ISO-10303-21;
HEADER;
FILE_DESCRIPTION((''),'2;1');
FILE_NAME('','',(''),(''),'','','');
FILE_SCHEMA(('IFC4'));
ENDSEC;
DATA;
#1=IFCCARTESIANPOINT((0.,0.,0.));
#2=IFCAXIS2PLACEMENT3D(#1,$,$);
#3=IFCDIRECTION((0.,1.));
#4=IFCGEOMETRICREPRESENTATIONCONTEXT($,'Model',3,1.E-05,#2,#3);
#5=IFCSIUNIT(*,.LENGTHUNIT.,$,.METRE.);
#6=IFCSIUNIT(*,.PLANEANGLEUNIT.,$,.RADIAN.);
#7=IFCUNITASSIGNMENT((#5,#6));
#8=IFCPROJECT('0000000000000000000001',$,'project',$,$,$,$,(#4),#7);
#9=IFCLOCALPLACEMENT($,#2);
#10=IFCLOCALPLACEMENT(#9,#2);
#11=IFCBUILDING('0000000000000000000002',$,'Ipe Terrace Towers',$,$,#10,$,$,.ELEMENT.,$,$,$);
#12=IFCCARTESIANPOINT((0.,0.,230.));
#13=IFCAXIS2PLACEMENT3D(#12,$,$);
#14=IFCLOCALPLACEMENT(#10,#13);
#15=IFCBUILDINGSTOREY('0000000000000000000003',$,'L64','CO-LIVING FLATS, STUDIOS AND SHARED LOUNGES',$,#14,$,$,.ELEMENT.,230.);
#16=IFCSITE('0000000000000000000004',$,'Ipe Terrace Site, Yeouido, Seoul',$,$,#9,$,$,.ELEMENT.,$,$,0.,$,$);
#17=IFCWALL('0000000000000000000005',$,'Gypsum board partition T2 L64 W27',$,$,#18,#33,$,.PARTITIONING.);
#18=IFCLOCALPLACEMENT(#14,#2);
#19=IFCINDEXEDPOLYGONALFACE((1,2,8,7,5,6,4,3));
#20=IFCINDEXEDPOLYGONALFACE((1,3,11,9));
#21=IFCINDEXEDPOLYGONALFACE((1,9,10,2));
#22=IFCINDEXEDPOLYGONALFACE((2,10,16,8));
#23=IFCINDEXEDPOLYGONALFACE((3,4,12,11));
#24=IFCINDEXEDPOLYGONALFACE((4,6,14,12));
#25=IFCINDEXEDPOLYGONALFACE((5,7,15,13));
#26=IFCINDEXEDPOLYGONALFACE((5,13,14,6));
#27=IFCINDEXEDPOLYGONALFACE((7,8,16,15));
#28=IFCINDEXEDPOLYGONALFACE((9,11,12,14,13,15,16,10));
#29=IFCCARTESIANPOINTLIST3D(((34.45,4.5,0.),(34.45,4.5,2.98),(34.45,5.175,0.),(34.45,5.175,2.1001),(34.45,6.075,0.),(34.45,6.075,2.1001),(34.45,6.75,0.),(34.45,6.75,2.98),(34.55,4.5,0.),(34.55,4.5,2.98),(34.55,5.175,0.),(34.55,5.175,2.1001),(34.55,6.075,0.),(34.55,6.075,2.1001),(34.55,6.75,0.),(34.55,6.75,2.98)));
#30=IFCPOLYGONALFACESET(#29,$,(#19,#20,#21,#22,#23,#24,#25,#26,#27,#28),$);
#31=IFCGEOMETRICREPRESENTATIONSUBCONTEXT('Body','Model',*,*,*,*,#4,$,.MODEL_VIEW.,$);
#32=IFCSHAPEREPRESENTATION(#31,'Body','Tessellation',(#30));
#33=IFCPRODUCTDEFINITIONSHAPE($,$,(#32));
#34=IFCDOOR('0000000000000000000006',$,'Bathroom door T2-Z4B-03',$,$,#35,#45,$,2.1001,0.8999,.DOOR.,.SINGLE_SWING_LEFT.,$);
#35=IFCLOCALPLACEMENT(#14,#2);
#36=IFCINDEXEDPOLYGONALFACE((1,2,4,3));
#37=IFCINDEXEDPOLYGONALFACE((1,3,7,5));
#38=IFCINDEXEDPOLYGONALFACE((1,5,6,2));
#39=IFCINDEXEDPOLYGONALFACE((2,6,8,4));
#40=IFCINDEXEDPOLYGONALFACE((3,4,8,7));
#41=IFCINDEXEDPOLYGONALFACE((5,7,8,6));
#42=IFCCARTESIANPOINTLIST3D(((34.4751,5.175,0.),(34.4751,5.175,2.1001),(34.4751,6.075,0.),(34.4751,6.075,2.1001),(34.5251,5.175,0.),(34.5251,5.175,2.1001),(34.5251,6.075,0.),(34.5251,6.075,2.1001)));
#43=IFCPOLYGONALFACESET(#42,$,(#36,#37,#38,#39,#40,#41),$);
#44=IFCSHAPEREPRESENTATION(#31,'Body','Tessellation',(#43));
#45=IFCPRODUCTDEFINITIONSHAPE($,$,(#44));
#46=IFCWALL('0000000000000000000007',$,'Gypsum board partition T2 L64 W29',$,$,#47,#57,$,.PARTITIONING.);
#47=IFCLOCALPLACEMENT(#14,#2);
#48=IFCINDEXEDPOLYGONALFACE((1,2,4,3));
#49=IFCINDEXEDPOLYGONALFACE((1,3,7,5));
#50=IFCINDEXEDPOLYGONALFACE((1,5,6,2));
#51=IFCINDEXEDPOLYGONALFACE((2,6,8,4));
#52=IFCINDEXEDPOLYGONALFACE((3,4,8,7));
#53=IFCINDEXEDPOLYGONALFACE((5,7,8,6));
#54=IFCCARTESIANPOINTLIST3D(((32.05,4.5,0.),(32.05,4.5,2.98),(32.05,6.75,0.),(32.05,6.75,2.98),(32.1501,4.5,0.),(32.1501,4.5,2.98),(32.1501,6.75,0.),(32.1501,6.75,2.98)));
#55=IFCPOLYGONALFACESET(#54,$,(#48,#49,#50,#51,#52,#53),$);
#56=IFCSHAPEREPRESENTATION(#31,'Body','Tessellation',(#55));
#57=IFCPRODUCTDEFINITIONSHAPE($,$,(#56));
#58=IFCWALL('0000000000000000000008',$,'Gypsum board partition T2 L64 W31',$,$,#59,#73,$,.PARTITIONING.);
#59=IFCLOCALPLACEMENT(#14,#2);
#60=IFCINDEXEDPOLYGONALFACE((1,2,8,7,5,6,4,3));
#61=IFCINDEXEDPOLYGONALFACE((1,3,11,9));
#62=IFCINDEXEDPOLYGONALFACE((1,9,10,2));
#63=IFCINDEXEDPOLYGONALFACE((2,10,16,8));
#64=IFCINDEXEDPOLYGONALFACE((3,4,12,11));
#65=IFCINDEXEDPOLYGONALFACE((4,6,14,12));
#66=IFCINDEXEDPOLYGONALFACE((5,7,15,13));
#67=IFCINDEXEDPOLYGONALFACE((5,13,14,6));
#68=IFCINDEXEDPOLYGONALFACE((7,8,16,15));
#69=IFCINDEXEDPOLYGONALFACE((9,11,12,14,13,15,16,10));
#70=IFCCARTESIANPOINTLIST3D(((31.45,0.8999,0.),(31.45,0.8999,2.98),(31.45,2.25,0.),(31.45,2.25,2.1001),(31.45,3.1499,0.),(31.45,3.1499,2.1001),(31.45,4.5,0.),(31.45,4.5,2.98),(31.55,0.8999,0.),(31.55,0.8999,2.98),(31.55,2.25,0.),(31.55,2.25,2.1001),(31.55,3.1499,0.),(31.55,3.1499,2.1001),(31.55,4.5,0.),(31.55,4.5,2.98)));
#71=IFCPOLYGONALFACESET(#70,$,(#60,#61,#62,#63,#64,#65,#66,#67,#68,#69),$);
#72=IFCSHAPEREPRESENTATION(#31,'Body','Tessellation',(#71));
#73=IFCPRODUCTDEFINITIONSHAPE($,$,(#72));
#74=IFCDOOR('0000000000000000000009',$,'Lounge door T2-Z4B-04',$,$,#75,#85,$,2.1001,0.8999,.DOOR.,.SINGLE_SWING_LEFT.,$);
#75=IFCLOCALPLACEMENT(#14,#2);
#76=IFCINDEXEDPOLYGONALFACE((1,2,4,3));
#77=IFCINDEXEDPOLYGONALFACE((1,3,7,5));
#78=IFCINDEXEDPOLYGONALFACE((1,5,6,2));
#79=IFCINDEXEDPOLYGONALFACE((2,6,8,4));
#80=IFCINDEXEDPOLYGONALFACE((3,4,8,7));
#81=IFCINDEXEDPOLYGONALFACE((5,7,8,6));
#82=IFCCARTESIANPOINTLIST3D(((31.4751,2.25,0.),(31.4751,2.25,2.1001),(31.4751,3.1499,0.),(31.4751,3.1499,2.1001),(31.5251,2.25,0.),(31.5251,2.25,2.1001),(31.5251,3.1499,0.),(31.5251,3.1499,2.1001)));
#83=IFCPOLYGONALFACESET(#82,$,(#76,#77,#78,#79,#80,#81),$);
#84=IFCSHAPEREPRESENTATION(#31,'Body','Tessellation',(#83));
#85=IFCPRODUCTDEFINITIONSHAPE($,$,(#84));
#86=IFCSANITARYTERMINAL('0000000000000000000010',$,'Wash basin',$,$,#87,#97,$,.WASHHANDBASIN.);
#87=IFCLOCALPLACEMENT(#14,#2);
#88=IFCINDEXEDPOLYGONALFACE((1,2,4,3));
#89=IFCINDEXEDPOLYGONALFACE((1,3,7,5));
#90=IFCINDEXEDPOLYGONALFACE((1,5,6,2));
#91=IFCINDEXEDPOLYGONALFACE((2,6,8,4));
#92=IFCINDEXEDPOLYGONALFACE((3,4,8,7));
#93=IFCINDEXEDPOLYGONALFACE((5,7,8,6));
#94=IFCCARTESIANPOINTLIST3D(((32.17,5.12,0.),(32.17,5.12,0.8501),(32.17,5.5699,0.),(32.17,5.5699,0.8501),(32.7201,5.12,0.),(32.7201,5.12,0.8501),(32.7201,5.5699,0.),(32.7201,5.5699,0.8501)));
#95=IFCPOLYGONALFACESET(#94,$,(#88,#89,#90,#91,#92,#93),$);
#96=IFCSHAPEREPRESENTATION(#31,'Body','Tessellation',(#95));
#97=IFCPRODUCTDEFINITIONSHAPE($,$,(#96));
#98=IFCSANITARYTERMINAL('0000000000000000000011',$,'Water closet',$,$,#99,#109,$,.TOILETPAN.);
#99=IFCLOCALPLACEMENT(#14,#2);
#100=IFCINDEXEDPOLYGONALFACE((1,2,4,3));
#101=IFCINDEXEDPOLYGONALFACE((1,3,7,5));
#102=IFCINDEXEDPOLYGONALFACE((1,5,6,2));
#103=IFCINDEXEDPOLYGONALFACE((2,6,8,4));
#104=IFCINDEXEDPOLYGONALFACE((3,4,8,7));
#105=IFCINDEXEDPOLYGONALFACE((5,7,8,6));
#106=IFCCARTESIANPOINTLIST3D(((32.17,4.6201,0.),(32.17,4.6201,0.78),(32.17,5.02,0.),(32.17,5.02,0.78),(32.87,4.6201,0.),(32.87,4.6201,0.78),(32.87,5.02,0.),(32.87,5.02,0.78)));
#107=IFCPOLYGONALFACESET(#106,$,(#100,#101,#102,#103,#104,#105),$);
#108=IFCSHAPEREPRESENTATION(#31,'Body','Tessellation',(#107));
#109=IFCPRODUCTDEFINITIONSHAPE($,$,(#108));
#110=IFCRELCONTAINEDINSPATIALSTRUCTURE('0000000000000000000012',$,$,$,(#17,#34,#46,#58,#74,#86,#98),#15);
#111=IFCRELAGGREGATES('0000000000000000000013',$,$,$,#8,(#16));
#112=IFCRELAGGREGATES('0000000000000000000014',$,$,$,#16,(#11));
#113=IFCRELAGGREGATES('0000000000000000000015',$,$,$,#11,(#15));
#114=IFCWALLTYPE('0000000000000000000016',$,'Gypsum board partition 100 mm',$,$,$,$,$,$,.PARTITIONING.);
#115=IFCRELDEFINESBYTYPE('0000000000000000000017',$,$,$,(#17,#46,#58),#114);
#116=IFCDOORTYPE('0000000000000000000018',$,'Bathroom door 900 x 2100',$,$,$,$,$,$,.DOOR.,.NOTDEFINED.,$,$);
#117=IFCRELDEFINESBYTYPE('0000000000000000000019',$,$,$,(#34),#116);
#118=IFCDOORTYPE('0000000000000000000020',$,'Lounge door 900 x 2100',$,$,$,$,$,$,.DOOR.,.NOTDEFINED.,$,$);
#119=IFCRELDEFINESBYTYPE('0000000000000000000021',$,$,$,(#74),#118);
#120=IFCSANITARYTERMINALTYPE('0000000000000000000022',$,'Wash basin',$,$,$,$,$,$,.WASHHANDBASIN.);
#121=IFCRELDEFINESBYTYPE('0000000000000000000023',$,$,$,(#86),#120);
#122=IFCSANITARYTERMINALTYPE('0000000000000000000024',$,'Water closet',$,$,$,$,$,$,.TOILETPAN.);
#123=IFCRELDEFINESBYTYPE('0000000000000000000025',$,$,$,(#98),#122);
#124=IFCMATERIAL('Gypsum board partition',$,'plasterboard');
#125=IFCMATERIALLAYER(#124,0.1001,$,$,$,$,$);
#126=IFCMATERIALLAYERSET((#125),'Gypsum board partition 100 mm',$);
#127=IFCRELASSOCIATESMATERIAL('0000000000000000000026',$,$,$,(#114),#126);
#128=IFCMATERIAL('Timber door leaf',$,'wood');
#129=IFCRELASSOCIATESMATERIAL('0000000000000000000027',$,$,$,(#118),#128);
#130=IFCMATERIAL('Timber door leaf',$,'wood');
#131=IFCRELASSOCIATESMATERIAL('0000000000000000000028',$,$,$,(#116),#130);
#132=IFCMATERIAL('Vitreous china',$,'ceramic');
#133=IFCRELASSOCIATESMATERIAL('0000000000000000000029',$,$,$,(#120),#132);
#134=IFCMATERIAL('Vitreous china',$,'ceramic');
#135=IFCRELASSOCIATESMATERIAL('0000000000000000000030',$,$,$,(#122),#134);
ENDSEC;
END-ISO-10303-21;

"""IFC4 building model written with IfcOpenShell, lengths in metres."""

from ifc_helpers import new_model, si_unit, direction, frame, frame_2d, origin, origin_2d, place, context, subcontext, project, spatial, rectangle, extrude, material, layer, layer_set, type_object, element, fill, save


model = new_model("IFC4")

# Units and contexts
model_context = context("Model", 3, precision=1e-05, world=origin(), true_north=direction((0.0, 1.0)))
body_context = subcontext(model_context, "Body", "Model", "MODEL_VIEW")
ifc_project = project(units=[si_unit("LENGTHUNIT", "METRE"), si_unit("PLANEANGLEUNIT", "RADIAN")], contexts=[model_context])

# Site, building, storey
site_placement = place(None, origin())
site = spatial("IfcSite", under=ifc_project, at=site_placement, Name="Ipe Terrace Site, Yeouido, Seoul", CompositionType="ELEMENT", RefElevation=0.0)
building_placement = place(site_placement, origin())
building = spatial("IfcBuilding", under=site, at=building_placement, Name="Ipe Terrace Towers", CompositionType="ELEMENT")
storey_placement = place(building_placement, frame((0.0, 0.0, 230.0)))
storey = spatial("IfcBuildingStorey", under=building, at=storey_placement, Name="L64", Description="CO-LIVING FLATS, STUDIOS AND SHARED LOUNGES", CompositionType="ELEMENT", Elevation=230.0)

# Shared definitions
ifc_material_1 = material(Name="Gypsum board partition", Category="plasterboard")
ifc_layer = layer(ifc_material_1, 0.1001)
ifc_layer_set = layer_set([ifc_layer], Name="Gypsum board partition 100 mm")
wall_type = type_object("IfcWallType", Name="Gypsum board partition 100 mm", PredefinedType="PARTITIONING", material=ifc_layer_set)
ifc_material_2 = material(Name="Timber door leaf", Category="wood")
door_type_1 = type_object("IfcDoorType", Name="Lounge door 900 x 2100", OperationType="NOTDEFINED", PredefinedType="DOOR", material=ifc_material_2)

# Wall, opening, door
wall_1_placement = place(storey_placement, frame((34.5, 4.5, 0.0), z_axis=(0.0, 0.0, 1.0), x_axis=(0.0, 1.0, 0.0)))
wall_1 = element("IfcWall", 1, at=wall_1_placement, inside=storey, type_object=wall_type, Name="Gypsum board partition T2 L64 W27", PredefinedType="PARTITIONING", context=body_context, shape_type="SweptSolid", body=[
    extrude(rectangle(XDim=2.25, YDim=0.1001, at=frame_2d((1.125, 0.0))), origin(), (0.0, 0.0, 1.0), 2.98),
])
opening_1_placement = place(wall_1_placement, frame((0.675, 0.0, 0.0)))
opening_1 = element("IfcOpeningElement", 2, at=opening_1_placement, cuts=wall_1, PredefinedType="OPENING", context=body_context, shape_type="SweptSolid", body=[
    extrude(rectangle(XDim=0.8999, YDim=2.1001, at=frame_2d((0.45, 1.05))), frame((0.0, 0.0601, 0.0), z_axis=(0.0, -1.0, 0.0), x_axis=(1.0, 0.0, 0.0)), (0.0, 0.0, 1.0), 0.1201),
])
ifc_material_3 = material(Name="Timber door leaf", Category="wood")
door_type_2 = type_object("IfcDoorType", Name="Bathroom door 900 x 2100", OperationType="NOTDEFINED", PredefinedType="DOOR", material=ifc_material_3)
door_1_placement = place(opening_1_placement, origin())
door_1 = element("IfcDoor", 3, at=door_1_placement, inside=storey, type_object=door_type_2, Name="Bathroom door T2-Z4B-03", OperationType="SINGLE_SWING_LEFT", OverallHeight=2.1001, OverallWidth=0.8999, PredefinedType="DOOR", context=body_context, shape_type="SweptSolid", body=[
    extrude(rectangle(XDim=0.8999, YDim=2.1001, at=frame_2d((0.45, 1.05))), frame((0.0, 0.0249, 0.0), z_axis=(0.0, -1.0, 0.0), x_axis=(1.0, 0.0, 0.0)), (0.0, 0.0, 1.0), 0.05),
])
fill(opening_1, door_1)

# Wall
wall_2_placement = place(storey_placement, frame((32.1001, 4.5, 0.0), z_axis=(0.0, 0.0, 1.0), x_axis=(0.0, 1.0, 0.0)))
element("IfcWall", 4, at=wall_2_placement, inside=storey, type_object=wall_type, Name="Gypsum board partition T2 L64 W29", PredefinedType="PARTITIONING", context=body_context, shape_type="SweptSolid", body=[
    extrude(rectangle(XDim=2.25, YDim=0.1001, at=frame_2d((1.125, 0.0))), origin(), (0.0, 0.0, 1.0), 2.98),
])

# Wall, opening, door
wall_3_placement = place(storey_placement, frame((31.5, 0.8999, 0.0), z_axis=(0.0, 0.0, 1.0), x_axis=(0.0, 1.0, 0.0)))
wall_3 = element("IfcWall", 5, at=wall_3_placement, inside=storey, type_object=wall_type, Name="Gypsum board partition T2 L64 W31", PredefinedType="PARTITIONING", context=body_context, shape_type="SweptSolid", body=[
    extrude(rectangle(XDim=3.6001, YDim=0.1001, at=frame_2d((1.8, 0.0))), origin(), (0.0, 0.0, 1.0), 2.98),
])
opening_2_placement = place(wall_3_placement, frame((1.3501, 0.0, 0.0)))
opening_2 = element("IfcOpeningElement", 6, at=opening_2_placement, cuts=wall_3, PredefinedType="OPENING", context=body_context, shape_type="SweptSolid", body=[
    extrude(rectangle(XDim=0.8999, YDim=2.1001, at=frame_2d((0.45, 1.05))), frame((0.0, 0.0601, 0.0), z_axis=(0.0, -1.0, 0.0), x_axis=(1.0, 0.0, 0.0)), (0.0, 0.0, 1.0), 0.1201),
])
door_2_placement = place(opening_2_placement, origin())
door_2 = element("IfcDoor", 7, at=door_2_placement, inside=storey, type_object=door_type_1, Name="Lounge door T2-Z4B-04", OperationType="SINGLE_SWING_LEFT", OverallHeight=2.1001, OverallWidth=0.8999, PredefinedType="DOOR", context=body_context, shape_type="SweptSolid", body=[
    extrude(rectangle(XDim=0.8999, YDim=2.1001, at=frame_2d((0.45, 1.05))), frame((0.0, 0.0249, 0.0), z_axis=(0.0, -1.0, 0.0), x_axis=(1.0, 0.0, 0.0)), (0.0, 0.0, 1.0), 0.05),
])
fill(opening_2, door_2)

# Sanitary terminals
ifc_material_4 = material(Name="Vitreous china", Category="ceramic")
sanitary_terminal_type_1 = type_object("IfcSanitaryTerminalType", Name="Wash basin", PredefinedType="WASHHANDBASIN", material=ifc_material_4)
sanitary_terminal_1_placement = place(storey_placement, frame((32.4451, 5.345, 0.0), z_axis=(0.0, 0.0, 1.0), x_axis=(1.0, 0.0, 0.0)))
element("IfcSanitaryTerminal", 8, at=sanitary_terminal_1_placement, inside=storey, type_object=sanitary_terminal_type_1, Name="Wash basin", PredefinedType="WASHHANDBASIN", context=body_context, shape_type="SweptSolid", body=[
    extrude(rectangle(XDim=0.55, YDim=0.45, at=origin_2d()), origin(), (0.0, 0.0, 1.0), 0.8501),
])
ifc_material_5 = material(Name="Vitreous china", Category="ceramic")
sanitary_terminal_type_2 = type_object("IfcSanitaryTerminalType", Name="Water closet", PredefinedType="TOILETPAN", material=ifc_material_5)
sanitary_terminal_2_placement = place(storey_placement, frame((32.52, 4.8201, 0.0), z_axis=(0.0, 0.0, 1.0), x_axis=(1.0, 0.0, 0.0)))
element("IfcSanitaryTerminal", 9, at=sanitary_terminal_2_placement, inside=storey, type_object=sanitary_terminal_type_2, Name="Water closet", PredefinedType="TOILETPAN", context=body_context, shape_type="SweptSolid", body=[
    extrude(rectangle(XDim=0.7, YDim=0.3999, at=origin_2d()), origin(), (0.0, 0.0, 1.0), 0.78),
])

save(model, "model.ifc")
